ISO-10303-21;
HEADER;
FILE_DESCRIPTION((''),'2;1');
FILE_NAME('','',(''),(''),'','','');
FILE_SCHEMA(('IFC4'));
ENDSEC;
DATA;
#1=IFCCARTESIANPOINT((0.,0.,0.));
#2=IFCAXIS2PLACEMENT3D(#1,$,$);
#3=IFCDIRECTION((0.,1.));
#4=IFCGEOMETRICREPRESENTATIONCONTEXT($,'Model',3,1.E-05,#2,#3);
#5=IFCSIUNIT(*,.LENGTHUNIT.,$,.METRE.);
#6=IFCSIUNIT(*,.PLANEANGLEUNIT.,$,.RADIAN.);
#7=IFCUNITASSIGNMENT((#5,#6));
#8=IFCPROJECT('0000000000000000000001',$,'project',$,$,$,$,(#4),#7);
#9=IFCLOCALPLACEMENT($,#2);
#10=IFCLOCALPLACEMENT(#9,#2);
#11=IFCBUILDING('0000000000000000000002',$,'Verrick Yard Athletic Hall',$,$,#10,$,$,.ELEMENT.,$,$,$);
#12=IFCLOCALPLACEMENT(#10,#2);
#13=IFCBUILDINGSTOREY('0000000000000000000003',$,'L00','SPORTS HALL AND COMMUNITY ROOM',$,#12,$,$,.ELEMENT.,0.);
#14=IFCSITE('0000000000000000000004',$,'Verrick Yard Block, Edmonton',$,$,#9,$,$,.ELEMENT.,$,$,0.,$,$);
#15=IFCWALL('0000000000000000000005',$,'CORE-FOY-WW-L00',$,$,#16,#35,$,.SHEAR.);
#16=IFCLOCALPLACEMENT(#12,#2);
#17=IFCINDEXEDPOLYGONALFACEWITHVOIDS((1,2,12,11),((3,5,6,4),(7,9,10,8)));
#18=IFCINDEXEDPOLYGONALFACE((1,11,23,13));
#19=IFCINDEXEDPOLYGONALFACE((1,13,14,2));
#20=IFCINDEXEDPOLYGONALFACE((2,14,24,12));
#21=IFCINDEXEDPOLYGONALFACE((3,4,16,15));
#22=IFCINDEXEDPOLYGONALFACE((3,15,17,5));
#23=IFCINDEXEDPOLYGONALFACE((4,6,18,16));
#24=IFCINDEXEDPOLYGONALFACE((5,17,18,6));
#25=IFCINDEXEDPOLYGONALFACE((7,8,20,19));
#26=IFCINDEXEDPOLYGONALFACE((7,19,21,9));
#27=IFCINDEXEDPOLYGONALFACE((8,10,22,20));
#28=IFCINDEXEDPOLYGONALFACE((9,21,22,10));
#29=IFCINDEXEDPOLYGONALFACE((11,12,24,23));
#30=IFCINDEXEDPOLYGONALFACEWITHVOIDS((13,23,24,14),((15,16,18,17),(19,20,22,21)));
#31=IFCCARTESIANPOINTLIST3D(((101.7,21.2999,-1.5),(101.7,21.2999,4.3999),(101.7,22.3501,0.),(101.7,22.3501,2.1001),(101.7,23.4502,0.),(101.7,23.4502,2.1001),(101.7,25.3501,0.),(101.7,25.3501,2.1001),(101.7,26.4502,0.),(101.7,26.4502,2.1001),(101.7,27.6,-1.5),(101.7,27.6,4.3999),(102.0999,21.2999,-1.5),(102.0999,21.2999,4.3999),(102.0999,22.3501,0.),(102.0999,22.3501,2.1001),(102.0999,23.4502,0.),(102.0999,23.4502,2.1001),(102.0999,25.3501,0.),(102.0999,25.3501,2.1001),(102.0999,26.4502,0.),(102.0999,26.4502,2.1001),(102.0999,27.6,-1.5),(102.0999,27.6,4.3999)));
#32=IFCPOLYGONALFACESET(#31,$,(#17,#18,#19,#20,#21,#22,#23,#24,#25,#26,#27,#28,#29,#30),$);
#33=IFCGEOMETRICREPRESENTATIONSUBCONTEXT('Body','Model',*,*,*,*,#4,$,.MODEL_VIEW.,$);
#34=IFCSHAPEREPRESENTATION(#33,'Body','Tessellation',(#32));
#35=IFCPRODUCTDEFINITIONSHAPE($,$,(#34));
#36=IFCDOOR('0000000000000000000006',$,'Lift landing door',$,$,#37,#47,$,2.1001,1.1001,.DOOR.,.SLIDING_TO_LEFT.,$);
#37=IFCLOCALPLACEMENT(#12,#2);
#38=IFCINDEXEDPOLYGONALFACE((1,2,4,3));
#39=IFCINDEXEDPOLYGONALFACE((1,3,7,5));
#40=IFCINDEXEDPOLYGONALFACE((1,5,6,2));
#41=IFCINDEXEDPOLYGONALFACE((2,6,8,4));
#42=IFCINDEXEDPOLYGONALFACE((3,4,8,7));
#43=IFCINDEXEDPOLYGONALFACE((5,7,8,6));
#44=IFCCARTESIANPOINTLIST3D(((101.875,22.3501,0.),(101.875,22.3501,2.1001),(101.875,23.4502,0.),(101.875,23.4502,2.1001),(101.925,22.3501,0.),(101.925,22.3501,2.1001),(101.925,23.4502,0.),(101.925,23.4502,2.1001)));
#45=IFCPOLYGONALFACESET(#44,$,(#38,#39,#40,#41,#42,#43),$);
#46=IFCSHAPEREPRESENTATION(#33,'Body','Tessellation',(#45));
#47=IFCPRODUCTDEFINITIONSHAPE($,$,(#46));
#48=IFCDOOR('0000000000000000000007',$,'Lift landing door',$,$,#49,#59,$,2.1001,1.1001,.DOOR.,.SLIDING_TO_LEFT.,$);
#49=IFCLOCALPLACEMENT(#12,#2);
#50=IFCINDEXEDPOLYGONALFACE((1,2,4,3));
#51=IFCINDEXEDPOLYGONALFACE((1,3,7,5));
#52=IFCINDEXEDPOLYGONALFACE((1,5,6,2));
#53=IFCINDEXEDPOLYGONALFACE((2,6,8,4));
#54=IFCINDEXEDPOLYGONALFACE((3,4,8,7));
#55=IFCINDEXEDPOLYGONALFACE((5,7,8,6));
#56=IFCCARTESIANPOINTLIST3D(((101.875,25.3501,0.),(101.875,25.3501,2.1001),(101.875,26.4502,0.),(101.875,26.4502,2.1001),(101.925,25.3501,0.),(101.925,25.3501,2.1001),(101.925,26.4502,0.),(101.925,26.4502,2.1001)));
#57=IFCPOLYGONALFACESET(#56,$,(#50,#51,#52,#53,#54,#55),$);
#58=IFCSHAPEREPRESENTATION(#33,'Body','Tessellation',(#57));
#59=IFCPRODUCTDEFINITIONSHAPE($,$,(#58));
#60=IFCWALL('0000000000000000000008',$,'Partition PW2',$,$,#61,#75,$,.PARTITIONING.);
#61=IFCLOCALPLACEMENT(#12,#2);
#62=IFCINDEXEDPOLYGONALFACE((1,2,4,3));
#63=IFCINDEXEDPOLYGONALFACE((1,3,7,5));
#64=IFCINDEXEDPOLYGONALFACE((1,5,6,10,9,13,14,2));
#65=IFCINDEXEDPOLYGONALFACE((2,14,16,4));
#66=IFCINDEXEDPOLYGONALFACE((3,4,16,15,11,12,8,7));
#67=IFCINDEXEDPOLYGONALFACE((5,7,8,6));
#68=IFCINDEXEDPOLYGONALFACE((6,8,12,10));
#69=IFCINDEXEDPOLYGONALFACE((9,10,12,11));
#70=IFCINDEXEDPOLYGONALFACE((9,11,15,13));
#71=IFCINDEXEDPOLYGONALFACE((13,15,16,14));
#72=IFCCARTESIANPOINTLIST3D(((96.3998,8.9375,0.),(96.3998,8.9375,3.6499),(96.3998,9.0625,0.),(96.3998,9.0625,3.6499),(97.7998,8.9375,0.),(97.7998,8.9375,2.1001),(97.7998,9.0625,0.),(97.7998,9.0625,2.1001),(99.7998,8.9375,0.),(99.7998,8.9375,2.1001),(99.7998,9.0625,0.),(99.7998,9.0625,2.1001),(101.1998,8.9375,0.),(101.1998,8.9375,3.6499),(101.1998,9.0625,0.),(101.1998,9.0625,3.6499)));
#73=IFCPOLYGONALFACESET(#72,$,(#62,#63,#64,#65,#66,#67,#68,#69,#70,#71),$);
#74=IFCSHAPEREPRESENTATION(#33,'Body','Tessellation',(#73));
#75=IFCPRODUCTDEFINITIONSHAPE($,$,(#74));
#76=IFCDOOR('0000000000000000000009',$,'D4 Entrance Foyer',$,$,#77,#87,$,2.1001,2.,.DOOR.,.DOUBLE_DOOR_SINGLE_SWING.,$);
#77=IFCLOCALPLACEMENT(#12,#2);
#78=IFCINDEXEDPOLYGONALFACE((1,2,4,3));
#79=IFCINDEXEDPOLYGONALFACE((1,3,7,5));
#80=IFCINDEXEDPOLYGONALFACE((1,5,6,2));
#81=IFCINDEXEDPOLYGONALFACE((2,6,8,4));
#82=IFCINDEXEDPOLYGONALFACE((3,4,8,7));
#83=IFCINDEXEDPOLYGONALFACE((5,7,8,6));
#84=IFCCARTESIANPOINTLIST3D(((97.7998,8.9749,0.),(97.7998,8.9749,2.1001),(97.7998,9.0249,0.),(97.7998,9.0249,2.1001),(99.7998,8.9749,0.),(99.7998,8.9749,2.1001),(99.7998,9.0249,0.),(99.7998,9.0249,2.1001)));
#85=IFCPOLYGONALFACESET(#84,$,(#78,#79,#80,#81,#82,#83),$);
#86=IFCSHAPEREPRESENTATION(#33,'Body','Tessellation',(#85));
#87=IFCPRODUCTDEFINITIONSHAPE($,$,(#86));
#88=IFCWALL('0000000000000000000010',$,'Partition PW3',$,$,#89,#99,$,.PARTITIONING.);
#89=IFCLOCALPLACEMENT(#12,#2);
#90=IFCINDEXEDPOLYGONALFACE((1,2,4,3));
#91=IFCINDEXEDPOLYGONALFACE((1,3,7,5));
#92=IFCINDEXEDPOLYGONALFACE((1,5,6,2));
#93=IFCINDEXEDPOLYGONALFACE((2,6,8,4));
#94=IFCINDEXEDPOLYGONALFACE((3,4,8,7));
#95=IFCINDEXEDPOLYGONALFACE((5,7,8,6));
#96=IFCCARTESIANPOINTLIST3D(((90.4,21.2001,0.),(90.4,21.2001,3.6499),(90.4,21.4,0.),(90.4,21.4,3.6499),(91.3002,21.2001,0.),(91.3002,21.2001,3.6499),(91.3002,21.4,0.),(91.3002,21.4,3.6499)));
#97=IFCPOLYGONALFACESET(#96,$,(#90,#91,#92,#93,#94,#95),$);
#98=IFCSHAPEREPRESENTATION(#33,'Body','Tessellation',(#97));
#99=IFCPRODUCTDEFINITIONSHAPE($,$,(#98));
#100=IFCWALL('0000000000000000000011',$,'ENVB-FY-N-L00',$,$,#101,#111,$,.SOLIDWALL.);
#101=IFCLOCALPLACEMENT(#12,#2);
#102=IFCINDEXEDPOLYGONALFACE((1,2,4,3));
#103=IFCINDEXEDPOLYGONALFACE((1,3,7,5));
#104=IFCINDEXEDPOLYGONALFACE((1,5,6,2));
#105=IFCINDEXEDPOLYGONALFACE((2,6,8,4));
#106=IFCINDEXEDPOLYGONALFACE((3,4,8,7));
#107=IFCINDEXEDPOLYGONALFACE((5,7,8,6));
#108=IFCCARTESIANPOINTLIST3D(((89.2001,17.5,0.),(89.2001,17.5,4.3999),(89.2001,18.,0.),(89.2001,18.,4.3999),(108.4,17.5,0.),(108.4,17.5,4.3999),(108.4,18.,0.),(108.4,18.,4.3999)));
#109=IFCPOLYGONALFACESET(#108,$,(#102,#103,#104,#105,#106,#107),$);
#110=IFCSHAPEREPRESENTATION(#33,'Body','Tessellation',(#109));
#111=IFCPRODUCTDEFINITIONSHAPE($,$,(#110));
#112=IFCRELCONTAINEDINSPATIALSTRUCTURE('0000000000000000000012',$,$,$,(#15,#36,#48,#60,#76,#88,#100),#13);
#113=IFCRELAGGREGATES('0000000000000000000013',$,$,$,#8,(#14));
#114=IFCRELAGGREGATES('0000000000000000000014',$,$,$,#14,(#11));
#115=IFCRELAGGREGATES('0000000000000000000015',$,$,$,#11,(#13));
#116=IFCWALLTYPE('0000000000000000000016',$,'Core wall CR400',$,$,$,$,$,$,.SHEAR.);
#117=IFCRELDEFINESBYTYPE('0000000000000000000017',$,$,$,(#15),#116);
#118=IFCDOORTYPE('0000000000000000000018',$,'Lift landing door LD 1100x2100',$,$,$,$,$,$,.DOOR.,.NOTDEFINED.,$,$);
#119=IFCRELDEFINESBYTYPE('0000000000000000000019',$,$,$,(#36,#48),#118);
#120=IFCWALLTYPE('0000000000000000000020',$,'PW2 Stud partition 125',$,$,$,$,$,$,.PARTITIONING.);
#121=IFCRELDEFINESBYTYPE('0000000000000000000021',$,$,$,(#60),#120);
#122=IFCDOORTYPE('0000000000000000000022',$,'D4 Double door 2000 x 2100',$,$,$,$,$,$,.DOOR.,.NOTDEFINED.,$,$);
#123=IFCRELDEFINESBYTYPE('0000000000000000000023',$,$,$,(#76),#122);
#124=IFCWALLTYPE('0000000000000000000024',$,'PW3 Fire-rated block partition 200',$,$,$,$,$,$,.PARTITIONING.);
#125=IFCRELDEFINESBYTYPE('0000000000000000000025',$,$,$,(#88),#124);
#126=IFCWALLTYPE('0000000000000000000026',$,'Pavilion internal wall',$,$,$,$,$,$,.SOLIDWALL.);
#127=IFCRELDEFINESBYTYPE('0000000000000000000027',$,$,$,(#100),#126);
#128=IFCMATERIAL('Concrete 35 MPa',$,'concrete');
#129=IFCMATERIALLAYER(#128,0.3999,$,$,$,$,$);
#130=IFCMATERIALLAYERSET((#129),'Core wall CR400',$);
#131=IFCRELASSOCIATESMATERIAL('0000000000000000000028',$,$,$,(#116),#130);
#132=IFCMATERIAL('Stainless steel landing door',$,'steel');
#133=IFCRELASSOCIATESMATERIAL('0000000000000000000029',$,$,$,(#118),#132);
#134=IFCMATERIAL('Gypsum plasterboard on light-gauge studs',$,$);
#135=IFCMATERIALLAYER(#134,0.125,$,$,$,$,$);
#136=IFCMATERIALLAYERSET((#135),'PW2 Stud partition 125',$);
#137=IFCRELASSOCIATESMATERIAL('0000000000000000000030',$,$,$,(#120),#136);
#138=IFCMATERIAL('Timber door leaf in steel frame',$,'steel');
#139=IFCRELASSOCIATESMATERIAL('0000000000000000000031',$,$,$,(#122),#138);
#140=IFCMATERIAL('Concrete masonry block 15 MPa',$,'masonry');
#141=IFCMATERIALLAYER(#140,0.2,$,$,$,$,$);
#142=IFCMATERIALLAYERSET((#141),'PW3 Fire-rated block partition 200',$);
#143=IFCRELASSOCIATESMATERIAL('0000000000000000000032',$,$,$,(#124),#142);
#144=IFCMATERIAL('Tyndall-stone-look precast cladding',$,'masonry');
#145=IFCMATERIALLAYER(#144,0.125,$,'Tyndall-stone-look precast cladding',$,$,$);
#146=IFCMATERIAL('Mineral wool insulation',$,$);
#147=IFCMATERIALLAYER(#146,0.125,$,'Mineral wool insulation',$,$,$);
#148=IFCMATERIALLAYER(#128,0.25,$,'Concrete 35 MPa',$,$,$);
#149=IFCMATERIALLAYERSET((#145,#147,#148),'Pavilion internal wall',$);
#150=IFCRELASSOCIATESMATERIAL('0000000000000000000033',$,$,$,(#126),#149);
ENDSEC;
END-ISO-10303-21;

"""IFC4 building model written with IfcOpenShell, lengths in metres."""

from ifc_helpers import new_model, si_unit, direction, frame, frame_2d, origin, place, context, subcontext, project, spatial, rectangle, extrude, material, layer, layer_set, type_object, element, fill, save


model = new_model("IFC4")

# Units and contexts
model_context = context("Model", 3, precision=1e-05, world=origin(), true_north=direction((0.0, 1.0)))
body_context = subcontext(model_context, "Body", "Model", "MODEL_VIEW")
ifc_project = project(units=[si_unit("LENGTHUNIT", "METRE"), si_unit("PLANEANGLEUNIT", "RADIAN")], contexts=[model_context])

# Site, building, storey
site_placement = place(None, origin())
site = spatial("IfcSite", under=ifc_project, at=site_placement, Name="Verrick Yard Block, Edmonton", CompositionType="ELEMENT", RefElevation=0.0)
building_placement = place(site_placement, origin())
building = spatial("IfcBuilding", under=site, at=building_placement, Name="Verrick Yard Athletic Hall", CompositionType="ELEMENT")
storey_placement = place(building_placement, origin())
storey = spatial("IfcBuildingStorey", under=building, at=storey_placement, Name="L00", Description="SPORTS HALL AND COMMUNITY ROOM", CompositionType="ELEMENT", Elevation=0.0)

# Shared definitions
ifc_material_1 = material(Name="Concrete 35 MPa", Category="concrete")

# Wall, openings, doors
ifc_layer_1 = layer(ifc_material_1, 0.3999)
ifc_layer_set_1 = layer_set([ifc_layer_1], Name="Core wall CR400")
wall_type_1 = type_object("IfcWallType", Name="Core wall CR400", PredefinedType="SHEAR", material=ifc_layer_set_1)
wall_1_placement = place(storey_placement, frame((101.8999, 21.3, -1.5), z_axis=(0.0, 0.0, 1.0), x_axis=(0.0, 1.0, 0.0)))
wall_1 = element("IfcWall", 1, at=wall_1_placement, inside=storey, type_object=wall_type_1, Name="CORE-FOY-WW-L00", PredefinedType="SHEAR", context=body_context, shape_type="SweptSolid", body=[
    extrude(rectangle(XDim=6.3, YDim=0.3999, at=frame_2d((3.1499, 0.0))), origin(), (0.0, 0.0, 1.0), 5.8999),
])
opening_1_placement = place(wall_1_placement, frame((1.05, 0.0, 1.5)))
opening_1 = element("IfcOpeningElement", 2, at=opening_1_placement, cuts=wall_1, PredefinedType="OPENING", context=body_context, shape_type="SweptSolid", body=[
    extrude(rectangle(XDim=1.1001, YDim=2.1001, at=frame_2d((0.55, 1.05))), frame((0.0, 0.21, 0.0), z_axis=(0.0, -1.0, 0.0), x_axis=(1.0, 0.0, 0.0)), (0.0, 0.0, 1.0), 0.4199),
])
opening_2_placement = place(wall_1_placement, frame((4.05, 0.0, 1.5)))
opening_2 = element("IfcOpeningElement", 3, at=opening_2_placement, cuts=wall_1, PredefinedType="OPENING", context=body_context, shape_type="SweptSolid", body=[
    extrude(rectangle(XDim=1.1001, YDim=2.1001, at=frame_2d((0.55, 1.05))), frame((0.0, 0.21, 0.0), z_axis=(0.0, -1.0, 0.0), x_axis=(1.0, 0.0, 0.0)), (0.0, 0.0, 1.0), 0.4199),
])
ifc_material_2 = material(Name="Stainless steel landing door", Category="steel")
door_type_1 = type_object("IfcDoorType", Name="Lift landing door LD 1100x2100", OperationType="NOTDEFINED", PredefinedType="DOOR", material=ifc_material_2)
door_1_placement = place(opening_1_placement, origin())
door_1 = element("IfcDoor", 4, at=door_1_placement, inside=storey, type_object=door_type_1, Name="Lift landing door", OperationType="SLIDING_TO_LEFT", OverallHeight=2.1001, OverallWidth=1.1001, PredefinedType="DOOR", context=body_context, shape_type="SweptSolid", body=[
    extrude(rectangle(XDim=1.1001, YDim=2.1001, at=frame_2d((0.55, 1.05))), frame((0.0, 0.0249, 0.0), z_axis=(0.0, -1.0, 0.0), x_axis=(1.0, 0.0, 0.0)), (0.0, 0.0, 1.0), 0.05),
])
fill(opening_1, door_1)
door_2_placement = place(opening_2_placement, origin())
door_2 = element("IfcDoor", 5, at=door_2_placement, inside=storey, type_object=door_type_1, Name="Lift landing door", OperationType="SLIDING_TO_LEFT", OverallHeight=2.1001, OverallWidth=1.1001, PredefinedType="DOOR", context=body_context, shape_type="SweptSolid", body=[
    extrude(rectangle(XDim=1.1001, YDim=2.1001, at=frame_2d((0.55, 1.05))), frame((0.0, 0.0249, 0.0), z_axis=(0.0, -1.0, 0.0), x_axis=(1.0, 0.0, 0.0)), (0.0, 0.0, 1.0), 0.05),
])
fill(opening_2, door_2)

# Wall, opening, door
ifc_material_3 = material(Name="Gypsum plasterboard on light-gauge studs")
ifc_layer_2 = layer(ifc_material_3, 0.125)
ifc_layer_set_2 = layer_set([ifc_layer_2], Name="PW2 Stud partition 125")
wall_type_2 = type_object("IfcWallType", Name="PW2 Stud partition 125", PredefinedType="PARTITIONING", material=ifc_layer_set_2)
wall_2_placement = place(storey_placement, frame((96.3999, 9.0, 0.0), z_axis=(0.0, 0.0, 1.0), x_axis=(1.0, 0.0, 0.0)))
wall_2 = element("IfcWall", 6, at=wall_2_placement, inside=storey, type_object=wall_type_2, Name="Partition PW2", PredefinedType="PARTITIONING", context=body_context, shape_type="SweptSolid", body=[
    extrude(rectangle(XDim=4.8, YDim=0.125, at=frame_2d((2.3999, 0.0))), origin(), (0.0, 0.0, 1.0), 3.6499),
])
opening_3_placement = place(wall_2_placement, frame((1.3999, 0.0, 0.0)))
opening_3 = element("IfcOpeningElement", 7, at=opening_3_placement, cuts=wall_2, PredefinedType="OPENING", context=body_context, shape_type="SweptSolid", body=[
    extrude(rectangle(XDim=2.0, YDim=2.1001, at=frame_2d((1.0, 1.05))), frame((0.0, 0.0725, 0.0), z_axis=(0.0, -1.0, 0.0), x_axis=(1.0, 0.0, 0.0)), (0.0, 0.0, 1.0), 0.145),
])
ifc_material_4 = material(Name="Timber door leaf in steel frame", Category="steel")
door_type_2 = type_object("IfcDoorType", Name="D4 Double door 2000 x 2100", OperationType="NOTDEFINED", PredefinedType="DOOR", material=ifc_material_4)
door_3_placement = place(opening_3_placement, origin())
door_3 = element("IfcDoor", 8, at=door_3_placement, inside=storey, type_object=door_type_2, Name="D4 Entrance Foyer", OperationType="DOUBLE_DOOR_SINGLE_SWING", OverallHeight=2.1001, OverallWidth=2.0, PredefinedType="DOOR", context=body_context, shape_type="SweptSolid", body=[
    extrude(rectangle(XDim=2.0, YDim=2.1001, at=frame_2d((1.0, 1.05))), frame((0.0, 0.0249, 0.0), z_axis=(0.0, -1.0, 0.0), x_axis=(1.0, 0.0, 0.0)), (0.0, 0.0, 1.0), 0.05),
])
fill(opening_3, door_3)

# Walls
ifc_material_5 = material(Name="Concrete masonry block 15 MPa", Category="masonry")
ifc_layer_3 = layer(ifc_material_5, 0.2)
ifc_layer_set_3 = layer_set([ifc_layer_3], Name="PW3 Fire-rated block partition 200")
wall_type_3 = type_object("IfcWallType", Name="PW3 Fire-rated block partition 200", PredefinedType="PARTITIONING", material=ifc_layer_set_3)
wall_3_placement = place(storey_placement, frame((90.3999, 21.3, 0.0), z_axis=(0.0, 0.0, 1.0), x_axis=(1.0, 0.0, 0.0)))
element("IfcWall", 9, at=wall_3_placement, inside=storey, type_object=wall_type_3, Name="Partition PW3", PredefinedType="PARTITIONING", context=body_context, shape_type="SweptSolid", body=[
    extrude(rectangle(XDim=0.9001, YDim=0.2, at=frame_2d((0.4502, 0.0))), origin(), (0.0, 0.0, 1.0), 3.6499),
])
ifc_material_6 = material(Name="Tyndall-stone-look precast cladding", Category="masonry")
ifc_layer_4 = layer(ifc_material_6, 0.125, Name="Tyndall-stone-look precast cladding")
ifc_material_7 = material(Name="Mineral wool insulation")
ifc_layer_5 = layer(ifc_material_7, 0.125, Name="Mineral wool insulation")
ifc_layer_6 = layer(ifc_material_1, 0.25, Name="Concrete 35 MPa")
ifc_layer_set_4 = layer_set([ifc_layer_4, ifc_layer_5, ifc_layer_6], Name="Pavilion internal wall")
wall_type_4 = type_object("IfcWallType", Name="Pavilion internal wall", PredefinedType="SOLIDWALL", material=ifc_layer_set_4)
wall_4_placement = place(storey_placement, frame((89.2, 17.75, 0.0), z_axis=(0.0, 0.0, 1.0), x_axis=(1.0, 0.0, 0.0)))
element("IfcWall", 10, at=wall_4_placement, inside=storey, type_object=wall_type_4, Name="ENVB-FY-N-L00", PredefinedType="SOLIDWALL", context=body_context, shape_type="SweptSolid", body=[
    extrude(rectangle(XDim=19.2, YDim=0.5, at=frame_2d((9.6001, 0.0))), origin(), (0.0, 0.0, 1.0), 4.3999),
])

save(model, "model.ifc")
